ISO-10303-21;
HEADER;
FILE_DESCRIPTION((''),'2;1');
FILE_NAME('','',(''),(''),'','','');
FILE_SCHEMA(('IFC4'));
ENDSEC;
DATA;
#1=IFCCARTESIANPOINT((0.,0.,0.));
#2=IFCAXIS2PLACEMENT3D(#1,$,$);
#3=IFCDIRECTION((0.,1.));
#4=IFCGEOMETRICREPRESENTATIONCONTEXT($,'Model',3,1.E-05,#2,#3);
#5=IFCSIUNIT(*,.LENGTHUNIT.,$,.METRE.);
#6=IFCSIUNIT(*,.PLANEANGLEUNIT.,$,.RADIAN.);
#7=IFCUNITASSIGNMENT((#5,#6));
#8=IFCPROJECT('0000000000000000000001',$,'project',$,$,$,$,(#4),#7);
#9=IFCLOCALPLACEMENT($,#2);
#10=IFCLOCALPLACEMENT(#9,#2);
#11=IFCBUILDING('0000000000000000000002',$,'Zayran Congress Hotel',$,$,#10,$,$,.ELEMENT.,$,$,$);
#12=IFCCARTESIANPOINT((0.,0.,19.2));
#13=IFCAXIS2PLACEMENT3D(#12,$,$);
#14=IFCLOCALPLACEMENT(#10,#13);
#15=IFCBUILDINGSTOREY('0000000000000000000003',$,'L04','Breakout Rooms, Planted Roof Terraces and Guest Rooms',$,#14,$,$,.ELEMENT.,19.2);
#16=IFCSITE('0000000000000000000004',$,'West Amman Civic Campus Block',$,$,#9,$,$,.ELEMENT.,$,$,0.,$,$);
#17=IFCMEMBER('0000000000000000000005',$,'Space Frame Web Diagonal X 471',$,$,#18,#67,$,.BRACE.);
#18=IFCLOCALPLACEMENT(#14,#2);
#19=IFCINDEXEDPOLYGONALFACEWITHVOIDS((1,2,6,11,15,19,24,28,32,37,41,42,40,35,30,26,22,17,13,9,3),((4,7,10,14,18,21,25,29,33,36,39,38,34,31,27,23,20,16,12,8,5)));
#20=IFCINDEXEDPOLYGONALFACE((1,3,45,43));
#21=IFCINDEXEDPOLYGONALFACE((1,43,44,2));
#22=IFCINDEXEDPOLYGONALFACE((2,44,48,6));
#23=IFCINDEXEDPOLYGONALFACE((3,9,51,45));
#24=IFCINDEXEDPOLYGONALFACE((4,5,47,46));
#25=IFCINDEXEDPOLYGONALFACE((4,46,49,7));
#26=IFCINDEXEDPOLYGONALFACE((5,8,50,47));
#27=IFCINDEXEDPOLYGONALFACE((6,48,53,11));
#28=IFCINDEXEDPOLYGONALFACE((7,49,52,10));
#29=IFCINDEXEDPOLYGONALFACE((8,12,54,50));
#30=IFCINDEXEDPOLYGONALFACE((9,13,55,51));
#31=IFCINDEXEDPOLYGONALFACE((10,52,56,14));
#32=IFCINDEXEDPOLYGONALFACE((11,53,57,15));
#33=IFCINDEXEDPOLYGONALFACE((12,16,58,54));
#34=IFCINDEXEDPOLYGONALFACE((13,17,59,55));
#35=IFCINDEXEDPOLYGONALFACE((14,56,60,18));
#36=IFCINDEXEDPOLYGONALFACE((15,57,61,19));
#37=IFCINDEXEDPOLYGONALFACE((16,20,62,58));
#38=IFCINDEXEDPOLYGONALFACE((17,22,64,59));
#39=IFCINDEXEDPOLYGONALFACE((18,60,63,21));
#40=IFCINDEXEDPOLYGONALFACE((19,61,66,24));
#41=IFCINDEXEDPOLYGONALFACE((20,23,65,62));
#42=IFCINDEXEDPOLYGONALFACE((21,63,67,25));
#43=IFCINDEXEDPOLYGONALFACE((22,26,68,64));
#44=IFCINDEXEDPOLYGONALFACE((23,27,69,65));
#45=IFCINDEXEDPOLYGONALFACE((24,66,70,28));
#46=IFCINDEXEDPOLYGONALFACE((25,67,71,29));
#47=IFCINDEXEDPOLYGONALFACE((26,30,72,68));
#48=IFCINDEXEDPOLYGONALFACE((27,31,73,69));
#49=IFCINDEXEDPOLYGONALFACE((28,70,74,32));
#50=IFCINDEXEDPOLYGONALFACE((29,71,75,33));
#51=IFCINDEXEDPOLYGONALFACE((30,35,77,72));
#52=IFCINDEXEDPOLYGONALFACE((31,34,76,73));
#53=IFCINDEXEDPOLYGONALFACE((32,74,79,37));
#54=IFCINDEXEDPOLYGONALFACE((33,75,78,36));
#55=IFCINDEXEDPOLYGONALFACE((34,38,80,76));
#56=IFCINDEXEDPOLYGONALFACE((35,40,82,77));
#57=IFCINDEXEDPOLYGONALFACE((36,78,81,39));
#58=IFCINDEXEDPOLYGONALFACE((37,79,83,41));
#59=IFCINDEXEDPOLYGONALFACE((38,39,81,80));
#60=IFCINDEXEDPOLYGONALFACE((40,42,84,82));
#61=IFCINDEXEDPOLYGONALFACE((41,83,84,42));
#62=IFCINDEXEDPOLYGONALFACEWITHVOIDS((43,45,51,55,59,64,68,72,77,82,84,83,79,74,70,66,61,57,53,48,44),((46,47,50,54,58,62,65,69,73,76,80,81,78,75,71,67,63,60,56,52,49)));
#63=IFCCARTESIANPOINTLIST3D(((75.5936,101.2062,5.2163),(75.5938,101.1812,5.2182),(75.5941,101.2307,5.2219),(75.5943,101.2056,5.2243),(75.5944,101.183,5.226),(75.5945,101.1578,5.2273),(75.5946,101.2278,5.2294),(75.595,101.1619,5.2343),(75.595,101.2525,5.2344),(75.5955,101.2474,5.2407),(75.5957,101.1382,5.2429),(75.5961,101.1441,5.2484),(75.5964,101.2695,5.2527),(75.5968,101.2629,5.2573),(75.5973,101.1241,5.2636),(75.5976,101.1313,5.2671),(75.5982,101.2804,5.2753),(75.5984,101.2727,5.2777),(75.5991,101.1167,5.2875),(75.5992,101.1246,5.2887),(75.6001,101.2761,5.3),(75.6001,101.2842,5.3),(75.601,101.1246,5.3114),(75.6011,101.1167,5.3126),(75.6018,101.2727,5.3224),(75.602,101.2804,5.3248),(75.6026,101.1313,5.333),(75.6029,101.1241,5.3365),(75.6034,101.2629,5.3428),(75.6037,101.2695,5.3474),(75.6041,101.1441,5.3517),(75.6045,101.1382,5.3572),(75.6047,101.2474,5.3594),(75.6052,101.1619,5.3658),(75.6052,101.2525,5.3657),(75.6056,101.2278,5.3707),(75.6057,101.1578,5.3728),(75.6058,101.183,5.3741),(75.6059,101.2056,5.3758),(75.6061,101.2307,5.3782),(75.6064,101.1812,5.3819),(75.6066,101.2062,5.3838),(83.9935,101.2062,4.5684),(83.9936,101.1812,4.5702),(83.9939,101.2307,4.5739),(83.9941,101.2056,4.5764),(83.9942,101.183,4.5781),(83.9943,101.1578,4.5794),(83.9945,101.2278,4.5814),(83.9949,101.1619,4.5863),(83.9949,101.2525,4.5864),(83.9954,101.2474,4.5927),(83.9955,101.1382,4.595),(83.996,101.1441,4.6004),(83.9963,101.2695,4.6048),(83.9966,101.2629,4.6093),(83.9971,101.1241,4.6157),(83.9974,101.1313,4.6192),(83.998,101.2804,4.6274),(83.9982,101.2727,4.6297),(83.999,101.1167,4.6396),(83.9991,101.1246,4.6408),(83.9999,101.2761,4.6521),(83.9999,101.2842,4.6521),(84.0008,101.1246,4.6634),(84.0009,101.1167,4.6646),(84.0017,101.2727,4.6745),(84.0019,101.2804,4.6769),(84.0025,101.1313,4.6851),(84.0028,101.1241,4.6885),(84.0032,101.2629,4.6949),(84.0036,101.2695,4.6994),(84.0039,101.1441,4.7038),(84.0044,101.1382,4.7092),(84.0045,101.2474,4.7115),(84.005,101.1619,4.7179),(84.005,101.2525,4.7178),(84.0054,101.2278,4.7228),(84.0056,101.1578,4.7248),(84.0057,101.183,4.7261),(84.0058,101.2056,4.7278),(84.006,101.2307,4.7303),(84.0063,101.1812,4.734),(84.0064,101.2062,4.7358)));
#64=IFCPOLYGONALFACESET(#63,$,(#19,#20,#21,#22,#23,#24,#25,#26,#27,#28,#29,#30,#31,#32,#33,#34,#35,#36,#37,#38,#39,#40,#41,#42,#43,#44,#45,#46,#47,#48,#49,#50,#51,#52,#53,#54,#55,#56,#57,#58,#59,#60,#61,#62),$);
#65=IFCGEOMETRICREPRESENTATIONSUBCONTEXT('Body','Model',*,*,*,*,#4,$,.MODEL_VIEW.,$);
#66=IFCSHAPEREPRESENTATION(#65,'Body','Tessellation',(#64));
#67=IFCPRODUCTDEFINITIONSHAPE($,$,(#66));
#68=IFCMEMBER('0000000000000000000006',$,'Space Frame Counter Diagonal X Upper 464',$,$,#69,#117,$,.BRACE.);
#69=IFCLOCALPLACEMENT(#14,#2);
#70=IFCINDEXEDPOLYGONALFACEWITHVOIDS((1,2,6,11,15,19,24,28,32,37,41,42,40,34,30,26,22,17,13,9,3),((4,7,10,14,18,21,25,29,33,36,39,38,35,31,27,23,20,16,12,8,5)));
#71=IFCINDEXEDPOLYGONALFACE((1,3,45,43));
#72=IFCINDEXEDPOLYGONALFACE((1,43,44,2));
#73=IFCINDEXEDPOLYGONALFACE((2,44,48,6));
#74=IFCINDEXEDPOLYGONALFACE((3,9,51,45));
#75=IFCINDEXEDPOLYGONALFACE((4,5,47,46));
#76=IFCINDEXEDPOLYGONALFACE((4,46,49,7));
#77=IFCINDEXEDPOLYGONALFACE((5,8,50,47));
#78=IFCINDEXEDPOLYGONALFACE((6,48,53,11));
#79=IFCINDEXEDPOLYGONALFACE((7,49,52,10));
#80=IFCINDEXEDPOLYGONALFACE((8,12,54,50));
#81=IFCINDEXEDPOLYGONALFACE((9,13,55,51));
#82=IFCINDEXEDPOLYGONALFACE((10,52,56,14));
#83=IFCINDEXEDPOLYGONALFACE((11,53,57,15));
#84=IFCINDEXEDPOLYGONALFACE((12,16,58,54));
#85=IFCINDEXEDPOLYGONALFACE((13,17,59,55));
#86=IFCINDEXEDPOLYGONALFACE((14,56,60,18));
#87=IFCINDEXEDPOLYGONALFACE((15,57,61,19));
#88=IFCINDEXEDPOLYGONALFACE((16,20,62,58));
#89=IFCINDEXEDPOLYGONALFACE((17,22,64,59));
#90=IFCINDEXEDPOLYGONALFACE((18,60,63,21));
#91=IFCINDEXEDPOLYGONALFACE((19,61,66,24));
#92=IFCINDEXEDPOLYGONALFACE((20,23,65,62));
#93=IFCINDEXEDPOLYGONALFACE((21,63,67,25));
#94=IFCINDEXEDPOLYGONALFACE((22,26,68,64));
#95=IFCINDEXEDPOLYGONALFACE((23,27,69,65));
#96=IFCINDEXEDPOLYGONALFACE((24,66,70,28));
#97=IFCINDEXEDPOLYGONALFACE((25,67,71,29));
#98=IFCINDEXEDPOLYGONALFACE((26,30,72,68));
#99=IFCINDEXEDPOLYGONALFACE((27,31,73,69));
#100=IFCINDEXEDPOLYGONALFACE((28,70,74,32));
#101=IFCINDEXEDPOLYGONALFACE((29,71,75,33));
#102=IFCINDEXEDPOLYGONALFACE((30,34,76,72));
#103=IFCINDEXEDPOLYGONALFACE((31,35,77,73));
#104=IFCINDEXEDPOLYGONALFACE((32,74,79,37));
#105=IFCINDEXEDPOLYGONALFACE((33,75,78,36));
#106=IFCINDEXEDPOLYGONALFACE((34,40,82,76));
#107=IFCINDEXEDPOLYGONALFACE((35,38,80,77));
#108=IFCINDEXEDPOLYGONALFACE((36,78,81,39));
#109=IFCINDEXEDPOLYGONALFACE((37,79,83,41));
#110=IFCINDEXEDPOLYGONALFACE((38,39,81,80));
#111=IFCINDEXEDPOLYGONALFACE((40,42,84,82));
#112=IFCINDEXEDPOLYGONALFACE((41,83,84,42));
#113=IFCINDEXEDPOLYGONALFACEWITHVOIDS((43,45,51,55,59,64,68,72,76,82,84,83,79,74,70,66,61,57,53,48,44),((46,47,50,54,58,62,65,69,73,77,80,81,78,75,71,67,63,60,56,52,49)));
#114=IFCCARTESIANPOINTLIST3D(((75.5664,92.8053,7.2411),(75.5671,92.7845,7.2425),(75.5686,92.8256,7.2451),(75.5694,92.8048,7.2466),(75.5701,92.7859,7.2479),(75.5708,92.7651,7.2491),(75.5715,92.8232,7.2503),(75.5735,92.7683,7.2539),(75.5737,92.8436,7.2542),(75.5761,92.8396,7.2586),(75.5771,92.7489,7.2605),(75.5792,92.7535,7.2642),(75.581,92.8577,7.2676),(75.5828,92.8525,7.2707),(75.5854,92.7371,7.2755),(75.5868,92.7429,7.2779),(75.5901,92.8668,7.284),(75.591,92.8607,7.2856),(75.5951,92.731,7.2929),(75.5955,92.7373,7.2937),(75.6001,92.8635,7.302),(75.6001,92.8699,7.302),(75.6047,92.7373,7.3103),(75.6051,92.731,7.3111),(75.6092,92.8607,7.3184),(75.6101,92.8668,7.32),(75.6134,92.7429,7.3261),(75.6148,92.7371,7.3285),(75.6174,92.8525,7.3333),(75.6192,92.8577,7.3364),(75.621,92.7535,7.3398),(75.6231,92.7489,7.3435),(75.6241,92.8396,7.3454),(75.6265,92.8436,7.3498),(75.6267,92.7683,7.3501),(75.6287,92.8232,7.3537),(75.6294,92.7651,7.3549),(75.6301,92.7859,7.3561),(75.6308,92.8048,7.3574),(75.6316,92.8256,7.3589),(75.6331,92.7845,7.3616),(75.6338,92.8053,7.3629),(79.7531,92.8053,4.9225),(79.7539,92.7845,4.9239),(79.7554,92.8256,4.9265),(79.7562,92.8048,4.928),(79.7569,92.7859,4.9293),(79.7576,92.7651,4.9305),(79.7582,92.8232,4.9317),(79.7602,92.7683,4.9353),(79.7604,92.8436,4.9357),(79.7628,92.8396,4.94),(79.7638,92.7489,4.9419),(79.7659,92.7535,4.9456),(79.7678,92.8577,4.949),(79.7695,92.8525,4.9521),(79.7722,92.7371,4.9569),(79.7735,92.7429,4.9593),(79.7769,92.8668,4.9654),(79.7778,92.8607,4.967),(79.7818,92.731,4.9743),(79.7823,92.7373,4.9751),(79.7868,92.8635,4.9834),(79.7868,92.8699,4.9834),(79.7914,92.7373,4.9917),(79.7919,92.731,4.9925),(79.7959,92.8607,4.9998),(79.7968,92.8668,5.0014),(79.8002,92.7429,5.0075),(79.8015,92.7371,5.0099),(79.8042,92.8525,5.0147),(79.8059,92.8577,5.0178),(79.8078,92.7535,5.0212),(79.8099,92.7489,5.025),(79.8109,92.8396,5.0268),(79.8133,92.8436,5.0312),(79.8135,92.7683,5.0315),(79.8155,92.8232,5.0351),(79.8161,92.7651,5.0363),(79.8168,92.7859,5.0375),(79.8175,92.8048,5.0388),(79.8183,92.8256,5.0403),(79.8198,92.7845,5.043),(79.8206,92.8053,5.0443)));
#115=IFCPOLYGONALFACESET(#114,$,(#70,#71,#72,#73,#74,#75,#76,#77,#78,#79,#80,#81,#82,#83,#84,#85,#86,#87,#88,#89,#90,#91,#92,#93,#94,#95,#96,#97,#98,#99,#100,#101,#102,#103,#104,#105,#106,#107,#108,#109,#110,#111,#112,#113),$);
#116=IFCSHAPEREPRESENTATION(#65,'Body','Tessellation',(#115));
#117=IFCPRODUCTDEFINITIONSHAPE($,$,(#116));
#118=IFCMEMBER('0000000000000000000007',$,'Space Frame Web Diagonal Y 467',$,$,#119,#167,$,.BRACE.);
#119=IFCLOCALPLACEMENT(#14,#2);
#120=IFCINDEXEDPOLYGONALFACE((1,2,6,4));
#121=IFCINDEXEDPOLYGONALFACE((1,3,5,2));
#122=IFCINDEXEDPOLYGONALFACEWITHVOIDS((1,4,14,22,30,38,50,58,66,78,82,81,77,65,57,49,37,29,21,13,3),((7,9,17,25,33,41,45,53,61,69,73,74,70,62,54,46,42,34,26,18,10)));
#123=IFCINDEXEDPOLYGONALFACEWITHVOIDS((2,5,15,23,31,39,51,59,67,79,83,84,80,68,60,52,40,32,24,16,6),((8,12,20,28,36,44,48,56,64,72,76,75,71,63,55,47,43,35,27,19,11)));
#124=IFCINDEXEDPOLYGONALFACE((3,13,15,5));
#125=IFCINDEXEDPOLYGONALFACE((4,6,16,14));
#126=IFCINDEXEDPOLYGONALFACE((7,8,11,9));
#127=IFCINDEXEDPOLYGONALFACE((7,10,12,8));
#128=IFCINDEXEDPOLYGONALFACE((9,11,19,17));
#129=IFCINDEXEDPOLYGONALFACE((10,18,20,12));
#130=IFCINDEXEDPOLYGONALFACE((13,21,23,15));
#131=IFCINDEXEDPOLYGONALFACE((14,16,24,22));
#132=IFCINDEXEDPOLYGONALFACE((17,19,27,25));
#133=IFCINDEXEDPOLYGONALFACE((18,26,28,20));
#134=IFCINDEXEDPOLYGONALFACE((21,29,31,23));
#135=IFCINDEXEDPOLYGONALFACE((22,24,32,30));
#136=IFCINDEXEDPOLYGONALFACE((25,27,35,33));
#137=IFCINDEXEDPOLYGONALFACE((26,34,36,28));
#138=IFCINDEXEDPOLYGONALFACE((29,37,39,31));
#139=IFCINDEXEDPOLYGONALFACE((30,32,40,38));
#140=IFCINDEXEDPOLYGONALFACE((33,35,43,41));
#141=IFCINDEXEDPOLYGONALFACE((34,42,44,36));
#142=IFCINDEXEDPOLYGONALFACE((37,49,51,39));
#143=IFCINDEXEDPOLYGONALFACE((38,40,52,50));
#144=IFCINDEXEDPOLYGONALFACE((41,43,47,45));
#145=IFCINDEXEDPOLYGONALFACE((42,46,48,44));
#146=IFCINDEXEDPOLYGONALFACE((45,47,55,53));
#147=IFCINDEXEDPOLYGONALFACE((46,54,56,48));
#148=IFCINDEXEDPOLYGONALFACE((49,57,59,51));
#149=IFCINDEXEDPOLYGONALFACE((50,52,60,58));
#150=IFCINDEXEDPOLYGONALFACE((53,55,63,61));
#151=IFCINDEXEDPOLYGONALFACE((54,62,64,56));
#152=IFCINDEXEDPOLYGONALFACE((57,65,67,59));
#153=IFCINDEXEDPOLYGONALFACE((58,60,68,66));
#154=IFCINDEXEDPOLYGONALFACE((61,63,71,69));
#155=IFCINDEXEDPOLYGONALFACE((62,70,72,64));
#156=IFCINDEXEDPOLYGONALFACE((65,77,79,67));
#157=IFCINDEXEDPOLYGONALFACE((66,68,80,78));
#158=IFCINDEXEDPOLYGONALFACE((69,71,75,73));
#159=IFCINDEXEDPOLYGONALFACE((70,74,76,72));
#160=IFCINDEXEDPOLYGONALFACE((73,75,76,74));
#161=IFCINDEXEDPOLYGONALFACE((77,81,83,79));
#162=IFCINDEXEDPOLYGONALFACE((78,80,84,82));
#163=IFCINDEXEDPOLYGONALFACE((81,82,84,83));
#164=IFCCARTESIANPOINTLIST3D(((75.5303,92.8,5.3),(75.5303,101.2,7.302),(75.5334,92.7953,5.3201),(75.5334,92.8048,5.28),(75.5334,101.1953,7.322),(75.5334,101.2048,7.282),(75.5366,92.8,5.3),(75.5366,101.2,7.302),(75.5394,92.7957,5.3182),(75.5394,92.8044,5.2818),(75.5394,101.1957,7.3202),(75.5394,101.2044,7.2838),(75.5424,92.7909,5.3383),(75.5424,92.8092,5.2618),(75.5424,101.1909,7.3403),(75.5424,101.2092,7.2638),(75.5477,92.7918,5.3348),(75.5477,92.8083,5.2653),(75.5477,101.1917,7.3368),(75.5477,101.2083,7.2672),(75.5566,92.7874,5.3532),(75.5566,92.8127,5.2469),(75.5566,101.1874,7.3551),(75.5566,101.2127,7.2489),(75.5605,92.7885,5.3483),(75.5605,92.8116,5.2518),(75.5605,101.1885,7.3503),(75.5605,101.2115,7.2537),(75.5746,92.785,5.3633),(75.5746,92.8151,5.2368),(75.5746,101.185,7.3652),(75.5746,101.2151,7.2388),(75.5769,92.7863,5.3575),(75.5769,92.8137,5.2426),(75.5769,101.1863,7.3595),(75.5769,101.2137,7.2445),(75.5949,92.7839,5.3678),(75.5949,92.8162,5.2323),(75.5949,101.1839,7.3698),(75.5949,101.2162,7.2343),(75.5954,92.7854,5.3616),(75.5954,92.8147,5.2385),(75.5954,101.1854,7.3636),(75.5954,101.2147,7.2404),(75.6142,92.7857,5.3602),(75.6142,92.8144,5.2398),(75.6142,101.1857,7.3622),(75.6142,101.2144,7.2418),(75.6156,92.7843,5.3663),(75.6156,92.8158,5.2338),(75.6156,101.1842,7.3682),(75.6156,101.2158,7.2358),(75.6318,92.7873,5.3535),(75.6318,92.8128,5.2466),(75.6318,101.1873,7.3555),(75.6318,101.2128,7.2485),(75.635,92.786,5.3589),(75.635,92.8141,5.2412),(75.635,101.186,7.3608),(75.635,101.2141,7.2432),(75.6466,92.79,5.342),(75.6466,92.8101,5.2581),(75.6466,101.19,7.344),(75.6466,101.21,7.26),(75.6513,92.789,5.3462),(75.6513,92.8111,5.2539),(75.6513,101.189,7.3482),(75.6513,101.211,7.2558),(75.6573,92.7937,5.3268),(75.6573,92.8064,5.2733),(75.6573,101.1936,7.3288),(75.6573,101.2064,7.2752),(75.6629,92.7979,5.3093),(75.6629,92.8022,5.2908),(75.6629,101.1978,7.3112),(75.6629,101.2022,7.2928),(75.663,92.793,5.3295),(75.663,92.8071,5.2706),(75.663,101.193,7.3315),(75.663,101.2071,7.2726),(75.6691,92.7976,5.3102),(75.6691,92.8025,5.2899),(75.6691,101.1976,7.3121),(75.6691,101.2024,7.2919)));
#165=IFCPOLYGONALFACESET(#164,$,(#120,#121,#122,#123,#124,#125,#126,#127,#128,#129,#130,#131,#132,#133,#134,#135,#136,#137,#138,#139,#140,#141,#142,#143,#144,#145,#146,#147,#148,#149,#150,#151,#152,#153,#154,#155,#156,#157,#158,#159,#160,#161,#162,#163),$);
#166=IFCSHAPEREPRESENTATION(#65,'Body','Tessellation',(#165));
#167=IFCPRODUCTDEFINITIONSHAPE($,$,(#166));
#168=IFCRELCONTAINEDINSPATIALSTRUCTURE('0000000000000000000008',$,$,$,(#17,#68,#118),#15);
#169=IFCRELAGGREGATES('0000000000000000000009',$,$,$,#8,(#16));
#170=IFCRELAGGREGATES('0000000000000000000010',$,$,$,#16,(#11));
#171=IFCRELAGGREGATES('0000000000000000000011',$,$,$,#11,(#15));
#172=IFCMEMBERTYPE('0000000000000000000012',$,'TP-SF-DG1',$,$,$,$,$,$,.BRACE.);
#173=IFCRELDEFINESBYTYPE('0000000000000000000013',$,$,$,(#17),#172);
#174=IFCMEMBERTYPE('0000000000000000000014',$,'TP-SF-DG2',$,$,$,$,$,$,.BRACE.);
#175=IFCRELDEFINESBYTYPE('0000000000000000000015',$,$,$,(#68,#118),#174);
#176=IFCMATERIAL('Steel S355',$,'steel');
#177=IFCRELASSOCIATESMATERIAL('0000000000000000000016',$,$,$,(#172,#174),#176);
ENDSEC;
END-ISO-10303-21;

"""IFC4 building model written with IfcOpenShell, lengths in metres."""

from ifc_helpers import new_model, si_unit, direction, frame, origin, origin_2d, place, context, subcontext, project, spatial, hollow_circle, extrude, material, material_profile, profile_set, type_object, element, save


model = new_model("IFC4")

# Units and contexts
model_context = context("Model", 3, precision=1e-05, world=origin(), true_north=direction((0.0, 1.0)))
body_context = subcontext(model_context, "Body", "Model", "MODEL_VIEW")
ifc_project = project(units=[si_unit("LENGTHUNIT", "METRE"), si_unit("PLANEANGLEUNIT", "RADIAN")], contexts=[model_context])

# Site, building, storey
site_placement = place(None, origin())
site = spatial("IfcSite", under=ifc_project, at=site_placement, Name="West Amman Civic Campus Block", CompositionType="ELEMENT", RefElevation=0.0)
building_placement = place(site_placement, origin())
building = spatial("IfcBuilding", under=site, at=building_placement, Name="Zayran Congress Hotel", CompositionType="ELEMENT")
storey_placement = place(building_placement, frame((0.0, 0.0, 19.2)))
storey = spatial("IfcBuildingStorey", under=building, at=storey_placement, Name="L04", Description="Breakout Rooms, Planted Roof Terraces and Guest Rooms", CompositionType="ELEMENT", Elevation=19.2)

# Members
ifc_material_1 = material(Name="Steel S355", Category="steel")
ifc_material_profile_1 = material_profile(ifc_material_1, hollow_circle(Radius=0.0842, WallThickness=0.0081, at=origin_2d()), Name="CHS 168.3x8")
ifc_profile_set_1 = profile_set([ifc_material_profile_1], Name="Steel S355")
member_type_1 = type_object("IfcMemberType", Name="TP-SF-DG1", PredefinedType="BRACE", material=ifc_profile_set_1)
member_1_placement = place(storey_placement, frame((75.6001, 101.2, 5.3), z_axis=(0.997038, 0.0, -0.076909), x_axis=(0.0, 1.0, 0.0)))
element("IfcMember", 1, at=member_1_placement, inside=storey, type_object=member_type_1, Name="Space Frame Web Diagonal X 471", PredefinedType="BRACE", context=body_context, shape_type="SweptSolid", body=[
    extrude(hollow_circle(Radius=0.0842, WallThickness=0.0081, at=origin_2d()), origin(), (0.0, 0.0, 1.0), 8.4248),
])
ifc_material_profile_2 = material_profile(ifc_material_1, hollow_circle(Radius=0.0698, WallThickness=0.0063, at=origin_2d()), Name="CHS 139.7x6.3")
ifc_profile_set_2 = profile_set([ifc_material_profile_2], Name="Steel S355")
member_type_2 = type_object("IfcMemberType", Name="TP-SF-DG2", PredefinedType="BRACE", material=ifc_profile_set_2)
member_2_placement = place(storey_placement, frame((75.6001, 92.8, 7.302), z_axis=(0.874811, 0.0, -0.484464), x_axis=(0.0, 1.0, 0.0)))
element("IfcMember", 2, at=member_2_placement, inside=storey, type_object=member_type_2, Name="Space Frame Counter Diagonal X Upper 464", PredefinedType="BRACE", context=body_context, shape_type="SweptSolid", body=[
    extrude(hollow_circle(Radius=0.0698, WallThickness=0.0063, at=origin_2d()), origin(), (0.0, 0.0, 1.0), 4.7859),
])
member_3_placement = place(storey_placement, frame((75.6001, 92.8, 5.3), z_axis=(0.0, 0.972755, 0.231837), x_axis=(-1.0, 0.0, 0.0)))
element("IfcMember", 3, at=member_3_placement, inside=storey, type_object=member_type_2, Name="Space Frame Web Diagonal Y 467", PredefinedType="BRACE", context=body_context, shape_type="SweptSolid", body=[
    extrude(hollow_circle(Radius=0.0698, WallThickness=0.0063, at=origin_2d()), origin(), (0.0, 0.0, 1.0), 8.6353),
])

save(model, "model.ifc")
